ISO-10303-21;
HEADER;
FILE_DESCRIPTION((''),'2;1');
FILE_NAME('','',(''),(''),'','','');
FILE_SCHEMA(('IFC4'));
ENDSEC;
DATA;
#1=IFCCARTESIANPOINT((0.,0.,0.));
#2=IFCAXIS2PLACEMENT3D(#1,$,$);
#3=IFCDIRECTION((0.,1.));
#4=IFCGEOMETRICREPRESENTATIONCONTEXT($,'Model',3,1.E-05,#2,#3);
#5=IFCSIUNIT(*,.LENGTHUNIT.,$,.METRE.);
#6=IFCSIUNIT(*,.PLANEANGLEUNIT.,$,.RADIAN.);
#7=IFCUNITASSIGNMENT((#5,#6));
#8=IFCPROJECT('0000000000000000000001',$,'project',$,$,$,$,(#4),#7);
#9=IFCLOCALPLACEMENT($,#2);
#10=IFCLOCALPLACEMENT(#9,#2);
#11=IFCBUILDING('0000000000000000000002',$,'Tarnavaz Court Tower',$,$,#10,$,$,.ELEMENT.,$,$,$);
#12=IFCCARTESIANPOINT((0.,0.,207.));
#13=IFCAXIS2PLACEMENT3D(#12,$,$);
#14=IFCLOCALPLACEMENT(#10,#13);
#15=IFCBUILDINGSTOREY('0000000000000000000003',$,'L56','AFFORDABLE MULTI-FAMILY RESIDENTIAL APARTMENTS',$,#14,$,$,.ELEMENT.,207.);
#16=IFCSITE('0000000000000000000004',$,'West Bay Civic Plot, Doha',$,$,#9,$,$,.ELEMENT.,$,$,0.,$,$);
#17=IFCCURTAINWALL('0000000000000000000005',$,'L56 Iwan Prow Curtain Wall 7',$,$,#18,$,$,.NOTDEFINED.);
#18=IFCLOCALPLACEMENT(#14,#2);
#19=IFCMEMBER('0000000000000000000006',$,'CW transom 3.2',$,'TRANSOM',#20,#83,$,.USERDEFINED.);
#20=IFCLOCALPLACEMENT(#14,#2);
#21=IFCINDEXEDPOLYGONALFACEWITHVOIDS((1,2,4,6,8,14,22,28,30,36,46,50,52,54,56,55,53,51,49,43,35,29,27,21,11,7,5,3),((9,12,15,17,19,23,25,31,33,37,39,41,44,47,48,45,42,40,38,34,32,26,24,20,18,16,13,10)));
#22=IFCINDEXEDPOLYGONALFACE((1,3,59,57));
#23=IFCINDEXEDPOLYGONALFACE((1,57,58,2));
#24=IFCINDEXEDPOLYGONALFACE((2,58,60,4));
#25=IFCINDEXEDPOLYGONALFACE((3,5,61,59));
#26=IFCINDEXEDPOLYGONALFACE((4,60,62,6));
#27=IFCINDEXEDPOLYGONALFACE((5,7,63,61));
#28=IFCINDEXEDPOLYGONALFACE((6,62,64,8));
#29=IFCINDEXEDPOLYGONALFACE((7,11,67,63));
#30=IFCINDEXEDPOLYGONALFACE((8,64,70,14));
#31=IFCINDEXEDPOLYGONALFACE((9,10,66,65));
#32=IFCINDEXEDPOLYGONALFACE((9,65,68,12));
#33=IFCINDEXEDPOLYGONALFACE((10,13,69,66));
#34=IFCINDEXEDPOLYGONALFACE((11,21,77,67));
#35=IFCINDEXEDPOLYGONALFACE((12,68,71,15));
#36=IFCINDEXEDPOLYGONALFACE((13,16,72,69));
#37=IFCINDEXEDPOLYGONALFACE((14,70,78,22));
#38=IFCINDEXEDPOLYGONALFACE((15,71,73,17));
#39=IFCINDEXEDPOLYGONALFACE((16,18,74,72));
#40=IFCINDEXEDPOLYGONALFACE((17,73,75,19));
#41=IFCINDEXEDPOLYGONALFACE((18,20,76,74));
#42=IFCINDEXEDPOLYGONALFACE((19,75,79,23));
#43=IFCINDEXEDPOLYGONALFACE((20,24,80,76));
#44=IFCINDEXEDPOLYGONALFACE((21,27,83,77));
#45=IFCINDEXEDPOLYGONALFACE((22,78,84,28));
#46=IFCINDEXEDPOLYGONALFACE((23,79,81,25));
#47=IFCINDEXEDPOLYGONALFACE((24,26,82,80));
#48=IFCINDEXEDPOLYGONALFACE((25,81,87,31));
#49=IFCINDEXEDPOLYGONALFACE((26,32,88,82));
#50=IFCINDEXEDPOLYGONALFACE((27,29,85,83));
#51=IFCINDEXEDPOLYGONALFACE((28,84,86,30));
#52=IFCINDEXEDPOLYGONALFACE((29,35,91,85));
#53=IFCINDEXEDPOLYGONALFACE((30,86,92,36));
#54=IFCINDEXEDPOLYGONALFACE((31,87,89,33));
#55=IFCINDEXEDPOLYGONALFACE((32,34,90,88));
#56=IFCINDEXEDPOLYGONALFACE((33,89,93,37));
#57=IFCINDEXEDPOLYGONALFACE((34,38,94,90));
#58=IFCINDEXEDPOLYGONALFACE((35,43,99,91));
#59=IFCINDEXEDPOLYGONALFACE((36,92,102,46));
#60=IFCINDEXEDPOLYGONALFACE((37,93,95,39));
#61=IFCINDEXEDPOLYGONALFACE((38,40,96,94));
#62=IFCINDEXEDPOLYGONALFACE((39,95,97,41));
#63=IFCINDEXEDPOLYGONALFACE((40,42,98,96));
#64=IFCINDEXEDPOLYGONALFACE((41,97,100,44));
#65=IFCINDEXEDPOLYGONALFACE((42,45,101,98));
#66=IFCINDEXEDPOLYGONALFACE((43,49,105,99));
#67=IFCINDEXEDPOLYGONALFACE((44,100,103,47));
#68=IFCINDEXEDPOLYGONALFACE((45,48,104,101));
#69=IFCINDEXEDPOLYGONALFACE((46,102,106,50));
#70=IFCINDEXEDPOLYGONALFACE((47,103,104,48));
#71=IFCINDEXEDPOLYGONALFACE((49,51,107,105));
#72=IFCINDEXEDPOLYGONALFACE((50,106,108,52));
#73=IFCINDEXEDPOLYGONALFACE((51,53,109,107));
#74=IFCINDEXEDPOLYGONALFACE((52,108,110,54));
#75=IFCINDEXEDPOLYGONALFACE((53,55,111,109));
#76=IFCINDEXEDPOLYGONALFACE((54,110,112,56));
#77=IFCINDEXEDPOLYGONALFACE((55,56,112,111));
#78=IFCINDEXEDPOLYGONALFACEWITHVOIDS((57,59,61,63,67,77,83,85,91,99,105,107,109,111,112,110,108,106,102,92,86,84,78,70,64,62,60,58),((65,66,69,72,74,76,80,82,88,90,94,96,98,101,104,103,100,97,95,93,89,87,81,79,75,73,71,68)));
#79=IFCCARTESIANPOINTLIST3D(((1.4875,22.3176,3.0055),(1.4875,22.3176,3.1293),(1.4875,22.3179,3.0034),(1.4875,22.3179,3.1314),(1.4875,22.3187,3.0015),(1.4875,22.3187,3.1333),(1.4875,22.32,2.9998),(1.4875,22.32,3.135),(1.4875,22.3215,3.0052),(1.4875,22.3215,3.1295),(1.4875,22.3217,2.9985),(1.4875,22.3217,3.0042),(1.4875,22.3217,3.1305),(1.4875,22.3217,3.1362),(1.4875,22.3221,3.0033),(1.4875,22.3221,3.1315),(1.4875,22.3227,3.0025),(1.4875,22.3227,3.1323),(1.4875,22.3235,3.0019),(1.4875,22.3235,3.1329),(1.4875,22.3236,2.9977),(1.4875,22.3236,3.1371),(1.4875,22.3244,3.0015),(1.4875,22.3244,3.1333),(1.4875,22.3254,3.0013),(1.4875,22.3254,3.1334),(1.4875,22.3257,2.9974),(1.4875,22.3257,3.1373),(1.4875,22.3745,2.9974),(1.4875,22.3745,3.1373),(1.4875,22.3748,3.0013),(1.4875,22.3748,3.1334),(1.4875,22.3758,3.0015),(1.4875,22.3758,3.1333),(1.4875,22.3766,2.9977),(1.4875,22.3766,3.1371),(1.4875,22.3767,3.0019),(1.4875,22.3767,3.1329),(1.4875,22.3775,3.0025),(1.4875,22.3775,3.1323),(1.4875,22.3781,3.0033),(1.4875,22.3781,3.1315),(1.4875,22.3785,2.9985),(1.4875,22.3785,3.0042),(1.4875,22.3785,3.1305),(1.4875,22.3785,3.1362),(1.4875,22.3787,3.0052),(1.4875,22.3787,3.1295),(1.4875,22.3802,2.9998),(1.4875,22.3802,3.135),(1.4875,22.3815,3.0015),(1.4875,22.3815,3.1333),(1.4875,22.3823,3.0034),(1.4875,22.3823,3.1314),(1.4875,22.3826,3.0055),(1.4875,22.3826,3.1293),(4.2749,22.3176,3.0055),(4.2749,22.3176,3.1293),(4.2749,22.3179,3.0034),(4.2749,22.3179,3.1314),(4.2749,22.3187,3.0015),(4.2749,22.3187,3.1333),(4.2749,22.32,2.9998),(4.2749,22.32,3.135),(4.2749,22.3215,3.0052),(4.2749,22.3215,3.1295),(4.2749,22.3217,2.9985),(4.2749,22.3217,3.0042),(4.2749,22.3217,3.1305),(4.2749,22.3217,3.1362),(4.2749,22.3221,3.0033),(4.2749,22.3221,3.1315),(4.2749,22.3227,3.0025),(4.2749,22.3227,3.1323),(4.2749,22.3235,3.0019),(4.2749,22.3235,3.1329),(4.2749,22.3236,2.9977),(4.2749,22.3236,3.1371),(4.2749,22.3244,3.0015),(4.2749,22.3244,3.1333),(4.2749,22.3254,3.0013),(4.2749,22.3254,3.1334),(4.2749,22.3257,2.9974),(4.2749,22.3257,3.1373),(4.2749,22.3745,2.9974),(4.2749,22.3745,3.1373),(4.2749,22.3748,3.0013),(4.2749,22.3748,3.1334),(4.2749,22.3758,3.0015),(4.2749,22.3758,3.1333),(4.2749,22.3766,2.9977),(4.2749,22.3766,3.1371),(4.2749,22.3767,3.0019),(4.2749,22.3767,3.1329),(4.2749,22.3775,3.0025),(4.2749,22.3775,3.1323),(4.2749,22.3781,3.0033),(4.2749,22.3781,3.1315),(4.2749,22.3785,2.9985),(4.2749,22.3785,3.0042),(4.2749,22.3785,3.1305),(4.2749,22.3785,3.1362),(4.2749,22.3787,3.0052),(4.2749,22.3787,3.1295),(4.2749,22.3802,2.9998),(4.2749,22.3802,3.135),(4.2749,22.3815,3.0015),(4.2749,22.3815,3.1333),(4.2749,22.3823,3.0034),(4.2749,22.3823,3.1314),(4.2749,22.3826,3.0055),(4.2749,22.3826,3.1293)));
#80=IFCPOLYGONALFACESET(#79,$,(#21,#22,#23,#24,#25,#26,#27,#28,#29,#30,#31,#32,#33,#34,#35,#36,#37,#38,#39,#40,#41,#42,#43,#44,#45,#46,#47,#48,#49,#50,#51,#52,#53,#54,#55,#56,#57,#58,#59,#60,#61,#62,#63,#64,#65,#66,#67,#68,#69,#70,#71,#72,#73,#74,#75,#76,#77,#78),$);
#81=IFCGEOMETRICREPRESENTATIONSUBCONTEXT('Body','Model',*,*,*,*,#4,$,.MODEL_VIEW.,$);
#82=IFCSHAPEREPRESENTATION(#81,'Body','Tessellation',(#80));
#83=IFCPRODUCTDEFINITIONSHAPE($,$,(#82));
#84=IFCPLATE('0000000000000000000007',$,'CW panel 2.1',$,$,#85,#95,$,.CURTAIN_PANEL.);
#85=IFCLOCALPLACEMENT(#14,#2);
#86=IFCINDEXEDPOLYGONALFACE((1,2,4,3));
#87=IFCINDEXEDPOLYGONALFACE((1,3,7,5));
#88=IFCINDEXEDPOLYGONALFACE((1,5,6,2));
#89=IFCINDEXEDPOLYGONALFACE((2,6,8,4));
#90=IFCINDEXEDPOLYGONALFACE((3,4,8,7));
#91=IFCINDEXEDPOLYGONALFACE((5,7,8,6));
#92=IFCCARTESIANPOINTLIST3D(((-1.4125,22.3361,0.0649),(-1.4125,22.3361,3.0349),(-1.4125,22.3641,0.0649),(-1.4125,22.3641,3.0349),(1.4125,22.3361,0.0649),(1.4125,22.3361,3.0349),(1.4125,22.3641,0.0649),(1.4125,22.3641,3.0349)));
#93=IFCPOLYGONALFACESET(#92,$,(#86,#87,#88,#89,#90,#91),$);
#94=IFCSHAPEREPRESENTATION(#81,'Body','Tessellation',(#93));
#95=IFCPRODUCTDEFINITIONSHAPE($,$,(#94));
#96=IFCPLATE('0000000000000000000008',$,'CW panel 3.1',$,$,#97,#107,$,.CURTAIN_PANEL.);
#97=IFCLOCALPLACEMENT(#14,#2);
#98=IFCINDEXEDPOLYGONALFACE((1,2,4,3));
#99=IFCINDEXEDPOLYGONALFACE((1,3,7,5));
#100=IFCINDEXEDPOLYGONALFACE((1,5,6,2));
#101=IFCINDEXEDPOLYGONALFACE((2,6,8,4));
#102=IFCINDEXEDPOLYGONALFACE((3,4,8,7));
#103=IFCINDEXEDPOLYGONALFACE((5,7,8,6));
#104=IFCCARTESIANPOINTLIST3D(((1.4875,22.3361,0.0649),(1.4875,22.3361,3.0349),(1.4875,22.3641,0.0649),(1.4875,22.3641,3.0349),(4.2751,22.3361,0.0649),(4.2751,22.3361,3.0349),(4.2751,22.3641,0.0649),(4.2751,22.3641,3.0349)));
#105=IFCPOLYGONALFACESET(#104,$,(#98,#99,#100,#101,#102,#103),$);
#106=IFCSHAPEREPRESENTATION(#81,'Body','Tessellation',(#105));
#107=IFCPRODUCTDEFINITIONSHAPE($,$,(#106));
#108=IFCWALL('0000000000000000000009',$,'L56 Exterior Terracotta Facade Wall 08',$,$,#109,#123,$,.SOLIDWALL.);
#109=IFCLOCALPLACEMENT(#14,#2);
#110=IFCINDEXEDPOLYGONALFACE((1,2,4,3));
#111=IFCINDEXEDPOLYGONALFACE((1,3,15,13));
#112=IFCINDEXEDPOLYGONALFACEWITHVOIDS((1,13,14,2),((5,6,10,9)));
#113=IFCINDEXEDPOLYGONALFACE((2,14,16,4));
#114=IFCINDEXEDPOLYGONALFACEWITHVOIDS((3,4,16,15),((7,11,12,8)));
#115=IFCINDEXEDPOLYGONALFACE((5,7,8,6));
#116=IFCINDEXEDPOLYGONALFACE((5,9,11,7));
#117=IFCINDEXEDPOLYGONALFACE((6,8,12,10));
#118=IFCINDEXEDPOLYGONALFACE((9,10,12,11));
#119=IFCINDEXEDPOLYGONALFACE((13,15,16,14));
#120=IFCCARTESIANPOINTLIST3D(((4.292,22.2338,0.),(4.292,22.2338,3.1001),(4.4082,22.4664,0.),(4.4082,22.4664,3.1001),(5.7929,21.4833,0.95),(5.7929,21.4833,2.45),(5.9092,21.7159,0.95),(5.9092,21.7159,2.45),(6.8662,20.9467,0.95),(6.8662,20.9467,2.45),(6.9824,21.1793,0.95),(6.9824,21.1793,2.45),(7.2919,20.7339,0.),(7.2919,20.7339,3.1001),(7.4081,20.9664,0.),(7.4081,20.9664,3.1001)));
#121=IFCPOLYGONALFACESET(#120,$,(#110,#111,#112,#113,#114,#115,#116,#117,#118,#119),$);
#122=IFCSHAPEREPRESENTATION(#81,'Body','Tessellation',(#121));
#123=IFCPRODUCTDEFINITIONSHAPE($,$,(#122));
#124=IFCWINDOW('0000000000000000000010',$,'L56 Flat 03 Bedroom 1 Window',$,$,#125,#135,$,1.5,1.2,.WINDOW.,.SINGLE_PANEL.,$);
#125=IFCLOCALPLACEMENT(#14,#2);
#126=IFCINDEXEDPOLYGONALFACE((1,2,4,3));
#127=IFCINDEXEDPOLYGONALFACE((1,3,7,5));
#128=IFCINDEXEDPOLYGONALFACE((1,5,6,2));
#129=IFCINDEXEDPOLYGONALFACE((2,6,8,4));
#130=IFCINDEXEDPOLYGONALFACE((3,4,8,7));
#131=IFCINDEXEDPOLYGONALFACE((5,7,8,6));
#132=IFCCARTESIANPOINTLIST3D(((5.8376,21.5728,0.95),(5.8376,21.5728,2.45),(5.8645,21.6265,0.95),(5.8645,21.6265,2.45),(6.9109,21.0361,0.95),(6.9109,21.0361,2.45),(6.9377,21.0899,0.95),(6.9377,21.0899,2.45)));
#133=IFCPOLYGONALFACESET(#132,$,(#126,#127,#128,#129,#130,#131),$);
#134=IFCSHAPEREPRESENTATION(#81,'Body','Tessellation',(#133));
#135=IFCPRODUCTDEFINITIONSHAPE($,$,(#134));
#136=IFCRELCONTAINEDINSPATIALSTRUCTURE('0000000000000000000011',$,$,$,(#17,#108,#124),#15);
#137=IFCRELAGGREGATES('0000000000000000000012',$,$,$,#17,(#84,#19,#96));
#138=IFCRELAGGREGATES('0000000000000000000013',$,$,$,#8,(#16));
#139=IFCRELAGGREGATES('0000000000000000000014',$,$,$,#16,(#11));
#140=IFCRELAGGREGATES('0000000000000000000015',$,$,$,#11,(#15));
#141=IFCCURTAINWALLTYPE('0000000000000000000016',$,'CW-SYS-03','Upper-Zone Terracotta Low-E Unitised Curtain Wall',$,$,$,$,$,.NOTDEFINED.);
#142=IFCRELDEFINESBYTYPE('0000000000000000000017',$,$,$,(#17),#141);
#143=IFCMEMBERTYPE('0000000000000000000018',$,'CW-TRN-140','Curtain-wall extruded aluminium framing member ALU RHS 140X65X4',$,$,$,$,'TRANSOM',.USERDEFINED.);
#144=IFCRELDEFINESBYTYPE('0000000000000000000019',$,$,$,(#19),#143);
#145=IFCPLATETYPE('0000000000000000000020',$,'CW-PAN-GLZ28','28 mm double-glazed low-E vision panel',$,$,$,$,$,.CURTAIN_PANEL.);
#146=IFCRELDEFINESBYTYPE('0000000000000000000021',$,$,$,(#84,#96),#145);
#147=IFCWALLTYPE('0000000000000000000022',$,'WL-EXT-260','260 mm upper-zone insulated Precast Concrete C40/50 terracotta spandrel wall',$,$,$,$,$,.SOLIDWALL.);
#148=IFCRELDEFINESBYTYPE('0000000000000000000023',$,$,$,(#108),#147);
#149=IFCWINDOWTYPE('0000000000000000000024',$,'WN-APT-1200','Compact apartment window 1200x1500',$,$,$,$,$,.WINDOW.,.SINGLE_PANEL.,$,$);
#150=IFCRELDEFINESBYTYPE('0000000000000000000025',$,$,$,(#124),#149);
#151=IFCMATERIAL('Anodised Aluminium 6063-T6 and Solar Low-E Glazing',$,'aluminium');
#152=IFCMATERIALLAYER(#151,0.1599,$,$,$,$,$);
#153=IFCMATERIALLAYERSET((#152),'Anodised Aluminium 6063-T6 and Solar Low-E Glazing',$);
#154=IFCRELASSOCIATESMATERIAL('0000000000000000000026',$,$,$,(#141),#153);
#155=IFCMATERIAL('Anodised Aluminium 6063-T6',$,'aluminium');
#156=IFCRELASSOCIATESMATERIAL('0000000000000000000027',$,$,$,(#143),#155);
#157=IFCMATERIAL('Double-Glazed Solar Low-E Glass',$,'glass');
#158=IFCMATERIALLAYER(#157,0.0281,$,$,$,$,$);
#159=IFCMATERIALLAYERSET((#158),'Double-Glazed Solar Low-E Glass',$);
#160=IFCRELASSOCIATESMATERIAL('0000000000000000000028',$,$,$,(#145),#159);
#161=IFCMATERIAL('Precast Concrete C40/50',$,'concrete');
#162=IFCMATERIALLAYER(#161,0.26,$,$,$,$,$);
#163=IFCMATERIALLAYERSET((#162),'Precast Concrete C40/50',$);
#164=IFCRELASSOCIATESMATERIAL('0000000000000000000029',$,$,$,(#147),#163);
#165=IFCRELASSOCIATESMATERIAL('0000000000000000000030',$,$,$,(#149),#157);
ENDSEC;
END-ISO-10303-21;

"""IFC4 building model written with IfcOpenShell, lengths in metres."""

from ifc_helpers import new_model, si_unit, direction, frame, frame_2d, origin, origin_2d, place, context, subcontext, project, spatial, rectangle, hollow_rectangle, extrude, material, layer, layer_set, material_profile, profile_set, type_object, element, fill, aggregate, save


model = new_model("IFC4")

# Units and contexts
model_context = context("Model", 3, precision=1e-05, world=origin(), true_north=direction((0.0, 1.0)))
body_context = subcontext(model_context, "Body", "Model", "MODEL_VIEW")
ifc_project = project(units=[si_unit("LENGTHUNIT", "METRE"), si_unit("PLANEANGLEUNIT", "RADIAN")], contexts=[model_context])

# Site, building, storey
site_placement = place(None, origin())
site = spatial("IfcSite", under=ifc_project, at=site_placement, Name="West Bay Civic Plot, Doha", CompositionType="ELEMENT", RefElevation=0.0)
building_placement = place(site_placement, origin())
building = spatial("IfcBuilding", under=site, at=building_placement, Name="Tarnavaz Court Tower", CompositionType="ELEMENT")
storey_placement = place(building_placement, frame((0.0, 0.0, 207.0)))
storey = spatial("IfcBuildingStorey", under=building, at=storey_placement, Name="L56", Description="AFFORDABLE MULTI-FAMILY RESIDENTIAL APARTMENTS", CompositionType="ELEMENT", Elevation=207.0)

# Curtain wall, member, plates
ifc_material_1 = material(Name="Anodised Aluminium 6063-T6 and Solar Low-E Glazing", Category="aluminium")
ifc_layer_1 = layer(ifc_material_1, 0.1599)
ifc_layer_set_1 = layer_set([ifc_layer_1], Name="Anodised Aluminium 6063-T6 and Solar Low-E Glazing")
curtain_wall_type = type_object("IfcCurtainWallType", Name="CW-SYS-03", Description="Upper-Zone Terracotta Low-E Unitised Curtain Wall", PredefinedType="NOTDEFINED", material=ifc_layer_set_1)
curtain_wall_placement = place(storey_placement, origin())
curtain_wall = element("IfcCurtainWall", 1, at=curtain_wall_placement, inside=storey, type_object=curtain_wall_type, Name="L56 Iwan Prow Curtain Wall 7", PredefinedType="NOTDEFINED")
ifc_material_2 = material(Name="Anodised Aluminium 6063-T6", Category="aluminium")
ifc_material_profile_1 = material_profile(ifc_material_2, hollow_rectangle(XDim=0.0649, YDim=0.1399, WallThickness=0.0039, InnerFilletRadius=0.0039, OuterFilletRadius=0.0081, at=origin_2d()), Name="ALU RHS 140X65X4")
ifc_profile_set_1 = profile_set([ifc_material_profile_1], Name="Anodised Aluminium 6063-T6")
member_type_1 = type_object("IfcMemberType", Name="CW-TRN-140", Description="Curtain-wall extruded aluminium framing member ALU RHS 140X65X4", ElementType="TRANSOM", PredefinedType="USERDEFINED", material=ifc_profile_set_1)
member_1_placement = place(storey_placement, frame((1.4875, 22.3501, 3.0674), z_axis=(1.0, 0.0, 0.0), x_axis=(0.0, 1.0, 0.0)))
member_1 = element("IfcMember", 2, at=member_1_placement, type_object=member_type_1, Name="CW transom 3.2", ObjectType="TRANSOM", PredefinedType="USERDEFINED", context=body_context, shape_type="SweptSolid", body=[
    extrude(hollow_rectangle(XDim=0.0649, YDim=0.1399, WallThickness=0.0039, InnerFilletRadius=0.0039, OuterFilletRadius=0.0081, at=origin_2d()), origin(), (0.0, 0.0, 1.0), 2.7874),
])
ifc_material_3 = material(Name="Double-Glazed Solar Low-E Glass", Category="glass")
ifc_layer_2 = layer(ifc_material_3, 0.0281)
ifc_layer_set_2 = layer_set([ifc_layer_2], Name="Double-Glazed Solar Low-E Glass")
plate_type = type_object("IfcPlateType", Name="CW-PAN-GLZ28", Description="28 mm double-glazed low-E vision panel", PredefinedType="CURTAIN_PANEL", material=ifc_layer_set_2)
plate_1_placement = place(storey_placement, frame((0.0, 22.3501, 0.0649), z_axis=(0.0, 0.0, 1.0), x_axis=(1.0, 0.0, 0.0)))
plate_1 = element("IfcPlate", 3, at=plate_1_placement, type_object=plate_type, Name="CW panel 2.1", PredefinedType="CURTAIN_PANEL", context=body_context, shape_type="SweptSolid", body=[
    extrude(rectangle(XDim=2.825, YDim=0.0281, at=origin_2d()), origin(), (0.0, 0.0, 1.0), 2.97),
])
plate_2_placement = place(storey_placement, frame((2.8813, 22.3501, 0.0649), z_axis=(0.0, 0.0, 1.0), x_axis=(1.0, 0.0, 0.0)))
plate_2 = element("IfcPlate", 4, at=plate_2_placement, type_object=plate_type, Name="CW panel 3.1", PredefinedType="CURTAIN_PANEL", context=body_context, shape_type="SweptSolid", body=[
    extrude(rectangle(XDim=2.7876, YDim=0.0281, at=origin_2d()), origin(), (0.0, 0.0, 1.0), 2.97),
])
aggregate(curtain_wall, [plate_1, member_1, plate_2])

# Wall, opening, window
ifc_material_4 = material(Name="Precast Concrete C40/50", Category="concrete")
ifc_layer_3 = layer(ifc_material_4, 0.26)
ifc_layer_set_3 = layer_set([ifc_layer_3], Name="Precast Concrete C40/50")
wall_type_1 = type_object("IfcWallType", Name="WL-EXT-260", Description="260 mm upper-zone insulated Precast Concrete C40/50 terracotta spandrel wall", PredefinedType="SOLIDWALL", material=ifc_layer_set_3)
wall_1_placement = place(storey_placement, frame((4.3501, 22.3501, 0.0), z_axis=(0.0, 0.0, 1.0), x_axis=(0.894427, -0.447214, 0.0)))
wall_1 = element("IfcWall", 5, at=wall_1_placement, inside=storey, type_object=wall_type_1, Name="L56 Exterior Terracotta Facade Wall 08", PredefinedType="SOLIDWALL", context=body_context, shape_type="SweptSolid", body=[
    extrude(rectangle(XDim=3.354, YDim=0.26, at=frame_2d((1.677, 0.0))), origin(), (0.0, 0.0, 1.0), 3.1001),
])
opening_1_placement = place(wall_1_placement, frame((1.678, 0.0, 0.95)))
opening_1 = element("IfcOpeningElement", 6, at=opening_1_placement, cuts=wall_1, PredefinedType="OPENING", context=body_context, shape_type="SweptSolid", body=[
    extrude(rectangle(XDim=1.2, YDim=1.5, at=frame_2d((0.6001, 0.75))), frame((0.0, 0.1399, 0.0), z_axis=(0.0, -1.0, 0.0), x_axis=(1.0, 0.0, 0.0)), (0.0, 0.0, 1.0), 0.28),
])
window_type_1 = type_object("IfcWindowType", Name="WN-APT-1200", Description="Compact apartment window 1200x1500", PartitioningType="SINGLE_PANEL", PredefinedType="WINDOW", material=ifc_material_3)
window_1_placement = place(opening_1_placement, origin())
window_1 = element("IfcWindow", 7, at=window_1_placement, inside=storey, type_object=window_type_1, Name="L56 Flat 03 Bedroom 1 Window", OverallHeight=1.5, OverallWidth=1.2, PartitioningType="SINGLE_PANEL", PredefinedType="WINDOW", context=body_context, shape_type="SweptSolid", body=[
    extrude(rectangle(XDim=1.2, YDim=1.5, at=frame_2d((0.6001, 0.75))), frame((0.0, 0.03, 0.0), z_axis=(0.0, -1.0, 0.0), x_axis=(1.0, 0.0, 0.0)), (0.0, 0.0, 1.0), 0.0601),
])
fill(opening_1, window_1)

save(model, "model.ifc")
